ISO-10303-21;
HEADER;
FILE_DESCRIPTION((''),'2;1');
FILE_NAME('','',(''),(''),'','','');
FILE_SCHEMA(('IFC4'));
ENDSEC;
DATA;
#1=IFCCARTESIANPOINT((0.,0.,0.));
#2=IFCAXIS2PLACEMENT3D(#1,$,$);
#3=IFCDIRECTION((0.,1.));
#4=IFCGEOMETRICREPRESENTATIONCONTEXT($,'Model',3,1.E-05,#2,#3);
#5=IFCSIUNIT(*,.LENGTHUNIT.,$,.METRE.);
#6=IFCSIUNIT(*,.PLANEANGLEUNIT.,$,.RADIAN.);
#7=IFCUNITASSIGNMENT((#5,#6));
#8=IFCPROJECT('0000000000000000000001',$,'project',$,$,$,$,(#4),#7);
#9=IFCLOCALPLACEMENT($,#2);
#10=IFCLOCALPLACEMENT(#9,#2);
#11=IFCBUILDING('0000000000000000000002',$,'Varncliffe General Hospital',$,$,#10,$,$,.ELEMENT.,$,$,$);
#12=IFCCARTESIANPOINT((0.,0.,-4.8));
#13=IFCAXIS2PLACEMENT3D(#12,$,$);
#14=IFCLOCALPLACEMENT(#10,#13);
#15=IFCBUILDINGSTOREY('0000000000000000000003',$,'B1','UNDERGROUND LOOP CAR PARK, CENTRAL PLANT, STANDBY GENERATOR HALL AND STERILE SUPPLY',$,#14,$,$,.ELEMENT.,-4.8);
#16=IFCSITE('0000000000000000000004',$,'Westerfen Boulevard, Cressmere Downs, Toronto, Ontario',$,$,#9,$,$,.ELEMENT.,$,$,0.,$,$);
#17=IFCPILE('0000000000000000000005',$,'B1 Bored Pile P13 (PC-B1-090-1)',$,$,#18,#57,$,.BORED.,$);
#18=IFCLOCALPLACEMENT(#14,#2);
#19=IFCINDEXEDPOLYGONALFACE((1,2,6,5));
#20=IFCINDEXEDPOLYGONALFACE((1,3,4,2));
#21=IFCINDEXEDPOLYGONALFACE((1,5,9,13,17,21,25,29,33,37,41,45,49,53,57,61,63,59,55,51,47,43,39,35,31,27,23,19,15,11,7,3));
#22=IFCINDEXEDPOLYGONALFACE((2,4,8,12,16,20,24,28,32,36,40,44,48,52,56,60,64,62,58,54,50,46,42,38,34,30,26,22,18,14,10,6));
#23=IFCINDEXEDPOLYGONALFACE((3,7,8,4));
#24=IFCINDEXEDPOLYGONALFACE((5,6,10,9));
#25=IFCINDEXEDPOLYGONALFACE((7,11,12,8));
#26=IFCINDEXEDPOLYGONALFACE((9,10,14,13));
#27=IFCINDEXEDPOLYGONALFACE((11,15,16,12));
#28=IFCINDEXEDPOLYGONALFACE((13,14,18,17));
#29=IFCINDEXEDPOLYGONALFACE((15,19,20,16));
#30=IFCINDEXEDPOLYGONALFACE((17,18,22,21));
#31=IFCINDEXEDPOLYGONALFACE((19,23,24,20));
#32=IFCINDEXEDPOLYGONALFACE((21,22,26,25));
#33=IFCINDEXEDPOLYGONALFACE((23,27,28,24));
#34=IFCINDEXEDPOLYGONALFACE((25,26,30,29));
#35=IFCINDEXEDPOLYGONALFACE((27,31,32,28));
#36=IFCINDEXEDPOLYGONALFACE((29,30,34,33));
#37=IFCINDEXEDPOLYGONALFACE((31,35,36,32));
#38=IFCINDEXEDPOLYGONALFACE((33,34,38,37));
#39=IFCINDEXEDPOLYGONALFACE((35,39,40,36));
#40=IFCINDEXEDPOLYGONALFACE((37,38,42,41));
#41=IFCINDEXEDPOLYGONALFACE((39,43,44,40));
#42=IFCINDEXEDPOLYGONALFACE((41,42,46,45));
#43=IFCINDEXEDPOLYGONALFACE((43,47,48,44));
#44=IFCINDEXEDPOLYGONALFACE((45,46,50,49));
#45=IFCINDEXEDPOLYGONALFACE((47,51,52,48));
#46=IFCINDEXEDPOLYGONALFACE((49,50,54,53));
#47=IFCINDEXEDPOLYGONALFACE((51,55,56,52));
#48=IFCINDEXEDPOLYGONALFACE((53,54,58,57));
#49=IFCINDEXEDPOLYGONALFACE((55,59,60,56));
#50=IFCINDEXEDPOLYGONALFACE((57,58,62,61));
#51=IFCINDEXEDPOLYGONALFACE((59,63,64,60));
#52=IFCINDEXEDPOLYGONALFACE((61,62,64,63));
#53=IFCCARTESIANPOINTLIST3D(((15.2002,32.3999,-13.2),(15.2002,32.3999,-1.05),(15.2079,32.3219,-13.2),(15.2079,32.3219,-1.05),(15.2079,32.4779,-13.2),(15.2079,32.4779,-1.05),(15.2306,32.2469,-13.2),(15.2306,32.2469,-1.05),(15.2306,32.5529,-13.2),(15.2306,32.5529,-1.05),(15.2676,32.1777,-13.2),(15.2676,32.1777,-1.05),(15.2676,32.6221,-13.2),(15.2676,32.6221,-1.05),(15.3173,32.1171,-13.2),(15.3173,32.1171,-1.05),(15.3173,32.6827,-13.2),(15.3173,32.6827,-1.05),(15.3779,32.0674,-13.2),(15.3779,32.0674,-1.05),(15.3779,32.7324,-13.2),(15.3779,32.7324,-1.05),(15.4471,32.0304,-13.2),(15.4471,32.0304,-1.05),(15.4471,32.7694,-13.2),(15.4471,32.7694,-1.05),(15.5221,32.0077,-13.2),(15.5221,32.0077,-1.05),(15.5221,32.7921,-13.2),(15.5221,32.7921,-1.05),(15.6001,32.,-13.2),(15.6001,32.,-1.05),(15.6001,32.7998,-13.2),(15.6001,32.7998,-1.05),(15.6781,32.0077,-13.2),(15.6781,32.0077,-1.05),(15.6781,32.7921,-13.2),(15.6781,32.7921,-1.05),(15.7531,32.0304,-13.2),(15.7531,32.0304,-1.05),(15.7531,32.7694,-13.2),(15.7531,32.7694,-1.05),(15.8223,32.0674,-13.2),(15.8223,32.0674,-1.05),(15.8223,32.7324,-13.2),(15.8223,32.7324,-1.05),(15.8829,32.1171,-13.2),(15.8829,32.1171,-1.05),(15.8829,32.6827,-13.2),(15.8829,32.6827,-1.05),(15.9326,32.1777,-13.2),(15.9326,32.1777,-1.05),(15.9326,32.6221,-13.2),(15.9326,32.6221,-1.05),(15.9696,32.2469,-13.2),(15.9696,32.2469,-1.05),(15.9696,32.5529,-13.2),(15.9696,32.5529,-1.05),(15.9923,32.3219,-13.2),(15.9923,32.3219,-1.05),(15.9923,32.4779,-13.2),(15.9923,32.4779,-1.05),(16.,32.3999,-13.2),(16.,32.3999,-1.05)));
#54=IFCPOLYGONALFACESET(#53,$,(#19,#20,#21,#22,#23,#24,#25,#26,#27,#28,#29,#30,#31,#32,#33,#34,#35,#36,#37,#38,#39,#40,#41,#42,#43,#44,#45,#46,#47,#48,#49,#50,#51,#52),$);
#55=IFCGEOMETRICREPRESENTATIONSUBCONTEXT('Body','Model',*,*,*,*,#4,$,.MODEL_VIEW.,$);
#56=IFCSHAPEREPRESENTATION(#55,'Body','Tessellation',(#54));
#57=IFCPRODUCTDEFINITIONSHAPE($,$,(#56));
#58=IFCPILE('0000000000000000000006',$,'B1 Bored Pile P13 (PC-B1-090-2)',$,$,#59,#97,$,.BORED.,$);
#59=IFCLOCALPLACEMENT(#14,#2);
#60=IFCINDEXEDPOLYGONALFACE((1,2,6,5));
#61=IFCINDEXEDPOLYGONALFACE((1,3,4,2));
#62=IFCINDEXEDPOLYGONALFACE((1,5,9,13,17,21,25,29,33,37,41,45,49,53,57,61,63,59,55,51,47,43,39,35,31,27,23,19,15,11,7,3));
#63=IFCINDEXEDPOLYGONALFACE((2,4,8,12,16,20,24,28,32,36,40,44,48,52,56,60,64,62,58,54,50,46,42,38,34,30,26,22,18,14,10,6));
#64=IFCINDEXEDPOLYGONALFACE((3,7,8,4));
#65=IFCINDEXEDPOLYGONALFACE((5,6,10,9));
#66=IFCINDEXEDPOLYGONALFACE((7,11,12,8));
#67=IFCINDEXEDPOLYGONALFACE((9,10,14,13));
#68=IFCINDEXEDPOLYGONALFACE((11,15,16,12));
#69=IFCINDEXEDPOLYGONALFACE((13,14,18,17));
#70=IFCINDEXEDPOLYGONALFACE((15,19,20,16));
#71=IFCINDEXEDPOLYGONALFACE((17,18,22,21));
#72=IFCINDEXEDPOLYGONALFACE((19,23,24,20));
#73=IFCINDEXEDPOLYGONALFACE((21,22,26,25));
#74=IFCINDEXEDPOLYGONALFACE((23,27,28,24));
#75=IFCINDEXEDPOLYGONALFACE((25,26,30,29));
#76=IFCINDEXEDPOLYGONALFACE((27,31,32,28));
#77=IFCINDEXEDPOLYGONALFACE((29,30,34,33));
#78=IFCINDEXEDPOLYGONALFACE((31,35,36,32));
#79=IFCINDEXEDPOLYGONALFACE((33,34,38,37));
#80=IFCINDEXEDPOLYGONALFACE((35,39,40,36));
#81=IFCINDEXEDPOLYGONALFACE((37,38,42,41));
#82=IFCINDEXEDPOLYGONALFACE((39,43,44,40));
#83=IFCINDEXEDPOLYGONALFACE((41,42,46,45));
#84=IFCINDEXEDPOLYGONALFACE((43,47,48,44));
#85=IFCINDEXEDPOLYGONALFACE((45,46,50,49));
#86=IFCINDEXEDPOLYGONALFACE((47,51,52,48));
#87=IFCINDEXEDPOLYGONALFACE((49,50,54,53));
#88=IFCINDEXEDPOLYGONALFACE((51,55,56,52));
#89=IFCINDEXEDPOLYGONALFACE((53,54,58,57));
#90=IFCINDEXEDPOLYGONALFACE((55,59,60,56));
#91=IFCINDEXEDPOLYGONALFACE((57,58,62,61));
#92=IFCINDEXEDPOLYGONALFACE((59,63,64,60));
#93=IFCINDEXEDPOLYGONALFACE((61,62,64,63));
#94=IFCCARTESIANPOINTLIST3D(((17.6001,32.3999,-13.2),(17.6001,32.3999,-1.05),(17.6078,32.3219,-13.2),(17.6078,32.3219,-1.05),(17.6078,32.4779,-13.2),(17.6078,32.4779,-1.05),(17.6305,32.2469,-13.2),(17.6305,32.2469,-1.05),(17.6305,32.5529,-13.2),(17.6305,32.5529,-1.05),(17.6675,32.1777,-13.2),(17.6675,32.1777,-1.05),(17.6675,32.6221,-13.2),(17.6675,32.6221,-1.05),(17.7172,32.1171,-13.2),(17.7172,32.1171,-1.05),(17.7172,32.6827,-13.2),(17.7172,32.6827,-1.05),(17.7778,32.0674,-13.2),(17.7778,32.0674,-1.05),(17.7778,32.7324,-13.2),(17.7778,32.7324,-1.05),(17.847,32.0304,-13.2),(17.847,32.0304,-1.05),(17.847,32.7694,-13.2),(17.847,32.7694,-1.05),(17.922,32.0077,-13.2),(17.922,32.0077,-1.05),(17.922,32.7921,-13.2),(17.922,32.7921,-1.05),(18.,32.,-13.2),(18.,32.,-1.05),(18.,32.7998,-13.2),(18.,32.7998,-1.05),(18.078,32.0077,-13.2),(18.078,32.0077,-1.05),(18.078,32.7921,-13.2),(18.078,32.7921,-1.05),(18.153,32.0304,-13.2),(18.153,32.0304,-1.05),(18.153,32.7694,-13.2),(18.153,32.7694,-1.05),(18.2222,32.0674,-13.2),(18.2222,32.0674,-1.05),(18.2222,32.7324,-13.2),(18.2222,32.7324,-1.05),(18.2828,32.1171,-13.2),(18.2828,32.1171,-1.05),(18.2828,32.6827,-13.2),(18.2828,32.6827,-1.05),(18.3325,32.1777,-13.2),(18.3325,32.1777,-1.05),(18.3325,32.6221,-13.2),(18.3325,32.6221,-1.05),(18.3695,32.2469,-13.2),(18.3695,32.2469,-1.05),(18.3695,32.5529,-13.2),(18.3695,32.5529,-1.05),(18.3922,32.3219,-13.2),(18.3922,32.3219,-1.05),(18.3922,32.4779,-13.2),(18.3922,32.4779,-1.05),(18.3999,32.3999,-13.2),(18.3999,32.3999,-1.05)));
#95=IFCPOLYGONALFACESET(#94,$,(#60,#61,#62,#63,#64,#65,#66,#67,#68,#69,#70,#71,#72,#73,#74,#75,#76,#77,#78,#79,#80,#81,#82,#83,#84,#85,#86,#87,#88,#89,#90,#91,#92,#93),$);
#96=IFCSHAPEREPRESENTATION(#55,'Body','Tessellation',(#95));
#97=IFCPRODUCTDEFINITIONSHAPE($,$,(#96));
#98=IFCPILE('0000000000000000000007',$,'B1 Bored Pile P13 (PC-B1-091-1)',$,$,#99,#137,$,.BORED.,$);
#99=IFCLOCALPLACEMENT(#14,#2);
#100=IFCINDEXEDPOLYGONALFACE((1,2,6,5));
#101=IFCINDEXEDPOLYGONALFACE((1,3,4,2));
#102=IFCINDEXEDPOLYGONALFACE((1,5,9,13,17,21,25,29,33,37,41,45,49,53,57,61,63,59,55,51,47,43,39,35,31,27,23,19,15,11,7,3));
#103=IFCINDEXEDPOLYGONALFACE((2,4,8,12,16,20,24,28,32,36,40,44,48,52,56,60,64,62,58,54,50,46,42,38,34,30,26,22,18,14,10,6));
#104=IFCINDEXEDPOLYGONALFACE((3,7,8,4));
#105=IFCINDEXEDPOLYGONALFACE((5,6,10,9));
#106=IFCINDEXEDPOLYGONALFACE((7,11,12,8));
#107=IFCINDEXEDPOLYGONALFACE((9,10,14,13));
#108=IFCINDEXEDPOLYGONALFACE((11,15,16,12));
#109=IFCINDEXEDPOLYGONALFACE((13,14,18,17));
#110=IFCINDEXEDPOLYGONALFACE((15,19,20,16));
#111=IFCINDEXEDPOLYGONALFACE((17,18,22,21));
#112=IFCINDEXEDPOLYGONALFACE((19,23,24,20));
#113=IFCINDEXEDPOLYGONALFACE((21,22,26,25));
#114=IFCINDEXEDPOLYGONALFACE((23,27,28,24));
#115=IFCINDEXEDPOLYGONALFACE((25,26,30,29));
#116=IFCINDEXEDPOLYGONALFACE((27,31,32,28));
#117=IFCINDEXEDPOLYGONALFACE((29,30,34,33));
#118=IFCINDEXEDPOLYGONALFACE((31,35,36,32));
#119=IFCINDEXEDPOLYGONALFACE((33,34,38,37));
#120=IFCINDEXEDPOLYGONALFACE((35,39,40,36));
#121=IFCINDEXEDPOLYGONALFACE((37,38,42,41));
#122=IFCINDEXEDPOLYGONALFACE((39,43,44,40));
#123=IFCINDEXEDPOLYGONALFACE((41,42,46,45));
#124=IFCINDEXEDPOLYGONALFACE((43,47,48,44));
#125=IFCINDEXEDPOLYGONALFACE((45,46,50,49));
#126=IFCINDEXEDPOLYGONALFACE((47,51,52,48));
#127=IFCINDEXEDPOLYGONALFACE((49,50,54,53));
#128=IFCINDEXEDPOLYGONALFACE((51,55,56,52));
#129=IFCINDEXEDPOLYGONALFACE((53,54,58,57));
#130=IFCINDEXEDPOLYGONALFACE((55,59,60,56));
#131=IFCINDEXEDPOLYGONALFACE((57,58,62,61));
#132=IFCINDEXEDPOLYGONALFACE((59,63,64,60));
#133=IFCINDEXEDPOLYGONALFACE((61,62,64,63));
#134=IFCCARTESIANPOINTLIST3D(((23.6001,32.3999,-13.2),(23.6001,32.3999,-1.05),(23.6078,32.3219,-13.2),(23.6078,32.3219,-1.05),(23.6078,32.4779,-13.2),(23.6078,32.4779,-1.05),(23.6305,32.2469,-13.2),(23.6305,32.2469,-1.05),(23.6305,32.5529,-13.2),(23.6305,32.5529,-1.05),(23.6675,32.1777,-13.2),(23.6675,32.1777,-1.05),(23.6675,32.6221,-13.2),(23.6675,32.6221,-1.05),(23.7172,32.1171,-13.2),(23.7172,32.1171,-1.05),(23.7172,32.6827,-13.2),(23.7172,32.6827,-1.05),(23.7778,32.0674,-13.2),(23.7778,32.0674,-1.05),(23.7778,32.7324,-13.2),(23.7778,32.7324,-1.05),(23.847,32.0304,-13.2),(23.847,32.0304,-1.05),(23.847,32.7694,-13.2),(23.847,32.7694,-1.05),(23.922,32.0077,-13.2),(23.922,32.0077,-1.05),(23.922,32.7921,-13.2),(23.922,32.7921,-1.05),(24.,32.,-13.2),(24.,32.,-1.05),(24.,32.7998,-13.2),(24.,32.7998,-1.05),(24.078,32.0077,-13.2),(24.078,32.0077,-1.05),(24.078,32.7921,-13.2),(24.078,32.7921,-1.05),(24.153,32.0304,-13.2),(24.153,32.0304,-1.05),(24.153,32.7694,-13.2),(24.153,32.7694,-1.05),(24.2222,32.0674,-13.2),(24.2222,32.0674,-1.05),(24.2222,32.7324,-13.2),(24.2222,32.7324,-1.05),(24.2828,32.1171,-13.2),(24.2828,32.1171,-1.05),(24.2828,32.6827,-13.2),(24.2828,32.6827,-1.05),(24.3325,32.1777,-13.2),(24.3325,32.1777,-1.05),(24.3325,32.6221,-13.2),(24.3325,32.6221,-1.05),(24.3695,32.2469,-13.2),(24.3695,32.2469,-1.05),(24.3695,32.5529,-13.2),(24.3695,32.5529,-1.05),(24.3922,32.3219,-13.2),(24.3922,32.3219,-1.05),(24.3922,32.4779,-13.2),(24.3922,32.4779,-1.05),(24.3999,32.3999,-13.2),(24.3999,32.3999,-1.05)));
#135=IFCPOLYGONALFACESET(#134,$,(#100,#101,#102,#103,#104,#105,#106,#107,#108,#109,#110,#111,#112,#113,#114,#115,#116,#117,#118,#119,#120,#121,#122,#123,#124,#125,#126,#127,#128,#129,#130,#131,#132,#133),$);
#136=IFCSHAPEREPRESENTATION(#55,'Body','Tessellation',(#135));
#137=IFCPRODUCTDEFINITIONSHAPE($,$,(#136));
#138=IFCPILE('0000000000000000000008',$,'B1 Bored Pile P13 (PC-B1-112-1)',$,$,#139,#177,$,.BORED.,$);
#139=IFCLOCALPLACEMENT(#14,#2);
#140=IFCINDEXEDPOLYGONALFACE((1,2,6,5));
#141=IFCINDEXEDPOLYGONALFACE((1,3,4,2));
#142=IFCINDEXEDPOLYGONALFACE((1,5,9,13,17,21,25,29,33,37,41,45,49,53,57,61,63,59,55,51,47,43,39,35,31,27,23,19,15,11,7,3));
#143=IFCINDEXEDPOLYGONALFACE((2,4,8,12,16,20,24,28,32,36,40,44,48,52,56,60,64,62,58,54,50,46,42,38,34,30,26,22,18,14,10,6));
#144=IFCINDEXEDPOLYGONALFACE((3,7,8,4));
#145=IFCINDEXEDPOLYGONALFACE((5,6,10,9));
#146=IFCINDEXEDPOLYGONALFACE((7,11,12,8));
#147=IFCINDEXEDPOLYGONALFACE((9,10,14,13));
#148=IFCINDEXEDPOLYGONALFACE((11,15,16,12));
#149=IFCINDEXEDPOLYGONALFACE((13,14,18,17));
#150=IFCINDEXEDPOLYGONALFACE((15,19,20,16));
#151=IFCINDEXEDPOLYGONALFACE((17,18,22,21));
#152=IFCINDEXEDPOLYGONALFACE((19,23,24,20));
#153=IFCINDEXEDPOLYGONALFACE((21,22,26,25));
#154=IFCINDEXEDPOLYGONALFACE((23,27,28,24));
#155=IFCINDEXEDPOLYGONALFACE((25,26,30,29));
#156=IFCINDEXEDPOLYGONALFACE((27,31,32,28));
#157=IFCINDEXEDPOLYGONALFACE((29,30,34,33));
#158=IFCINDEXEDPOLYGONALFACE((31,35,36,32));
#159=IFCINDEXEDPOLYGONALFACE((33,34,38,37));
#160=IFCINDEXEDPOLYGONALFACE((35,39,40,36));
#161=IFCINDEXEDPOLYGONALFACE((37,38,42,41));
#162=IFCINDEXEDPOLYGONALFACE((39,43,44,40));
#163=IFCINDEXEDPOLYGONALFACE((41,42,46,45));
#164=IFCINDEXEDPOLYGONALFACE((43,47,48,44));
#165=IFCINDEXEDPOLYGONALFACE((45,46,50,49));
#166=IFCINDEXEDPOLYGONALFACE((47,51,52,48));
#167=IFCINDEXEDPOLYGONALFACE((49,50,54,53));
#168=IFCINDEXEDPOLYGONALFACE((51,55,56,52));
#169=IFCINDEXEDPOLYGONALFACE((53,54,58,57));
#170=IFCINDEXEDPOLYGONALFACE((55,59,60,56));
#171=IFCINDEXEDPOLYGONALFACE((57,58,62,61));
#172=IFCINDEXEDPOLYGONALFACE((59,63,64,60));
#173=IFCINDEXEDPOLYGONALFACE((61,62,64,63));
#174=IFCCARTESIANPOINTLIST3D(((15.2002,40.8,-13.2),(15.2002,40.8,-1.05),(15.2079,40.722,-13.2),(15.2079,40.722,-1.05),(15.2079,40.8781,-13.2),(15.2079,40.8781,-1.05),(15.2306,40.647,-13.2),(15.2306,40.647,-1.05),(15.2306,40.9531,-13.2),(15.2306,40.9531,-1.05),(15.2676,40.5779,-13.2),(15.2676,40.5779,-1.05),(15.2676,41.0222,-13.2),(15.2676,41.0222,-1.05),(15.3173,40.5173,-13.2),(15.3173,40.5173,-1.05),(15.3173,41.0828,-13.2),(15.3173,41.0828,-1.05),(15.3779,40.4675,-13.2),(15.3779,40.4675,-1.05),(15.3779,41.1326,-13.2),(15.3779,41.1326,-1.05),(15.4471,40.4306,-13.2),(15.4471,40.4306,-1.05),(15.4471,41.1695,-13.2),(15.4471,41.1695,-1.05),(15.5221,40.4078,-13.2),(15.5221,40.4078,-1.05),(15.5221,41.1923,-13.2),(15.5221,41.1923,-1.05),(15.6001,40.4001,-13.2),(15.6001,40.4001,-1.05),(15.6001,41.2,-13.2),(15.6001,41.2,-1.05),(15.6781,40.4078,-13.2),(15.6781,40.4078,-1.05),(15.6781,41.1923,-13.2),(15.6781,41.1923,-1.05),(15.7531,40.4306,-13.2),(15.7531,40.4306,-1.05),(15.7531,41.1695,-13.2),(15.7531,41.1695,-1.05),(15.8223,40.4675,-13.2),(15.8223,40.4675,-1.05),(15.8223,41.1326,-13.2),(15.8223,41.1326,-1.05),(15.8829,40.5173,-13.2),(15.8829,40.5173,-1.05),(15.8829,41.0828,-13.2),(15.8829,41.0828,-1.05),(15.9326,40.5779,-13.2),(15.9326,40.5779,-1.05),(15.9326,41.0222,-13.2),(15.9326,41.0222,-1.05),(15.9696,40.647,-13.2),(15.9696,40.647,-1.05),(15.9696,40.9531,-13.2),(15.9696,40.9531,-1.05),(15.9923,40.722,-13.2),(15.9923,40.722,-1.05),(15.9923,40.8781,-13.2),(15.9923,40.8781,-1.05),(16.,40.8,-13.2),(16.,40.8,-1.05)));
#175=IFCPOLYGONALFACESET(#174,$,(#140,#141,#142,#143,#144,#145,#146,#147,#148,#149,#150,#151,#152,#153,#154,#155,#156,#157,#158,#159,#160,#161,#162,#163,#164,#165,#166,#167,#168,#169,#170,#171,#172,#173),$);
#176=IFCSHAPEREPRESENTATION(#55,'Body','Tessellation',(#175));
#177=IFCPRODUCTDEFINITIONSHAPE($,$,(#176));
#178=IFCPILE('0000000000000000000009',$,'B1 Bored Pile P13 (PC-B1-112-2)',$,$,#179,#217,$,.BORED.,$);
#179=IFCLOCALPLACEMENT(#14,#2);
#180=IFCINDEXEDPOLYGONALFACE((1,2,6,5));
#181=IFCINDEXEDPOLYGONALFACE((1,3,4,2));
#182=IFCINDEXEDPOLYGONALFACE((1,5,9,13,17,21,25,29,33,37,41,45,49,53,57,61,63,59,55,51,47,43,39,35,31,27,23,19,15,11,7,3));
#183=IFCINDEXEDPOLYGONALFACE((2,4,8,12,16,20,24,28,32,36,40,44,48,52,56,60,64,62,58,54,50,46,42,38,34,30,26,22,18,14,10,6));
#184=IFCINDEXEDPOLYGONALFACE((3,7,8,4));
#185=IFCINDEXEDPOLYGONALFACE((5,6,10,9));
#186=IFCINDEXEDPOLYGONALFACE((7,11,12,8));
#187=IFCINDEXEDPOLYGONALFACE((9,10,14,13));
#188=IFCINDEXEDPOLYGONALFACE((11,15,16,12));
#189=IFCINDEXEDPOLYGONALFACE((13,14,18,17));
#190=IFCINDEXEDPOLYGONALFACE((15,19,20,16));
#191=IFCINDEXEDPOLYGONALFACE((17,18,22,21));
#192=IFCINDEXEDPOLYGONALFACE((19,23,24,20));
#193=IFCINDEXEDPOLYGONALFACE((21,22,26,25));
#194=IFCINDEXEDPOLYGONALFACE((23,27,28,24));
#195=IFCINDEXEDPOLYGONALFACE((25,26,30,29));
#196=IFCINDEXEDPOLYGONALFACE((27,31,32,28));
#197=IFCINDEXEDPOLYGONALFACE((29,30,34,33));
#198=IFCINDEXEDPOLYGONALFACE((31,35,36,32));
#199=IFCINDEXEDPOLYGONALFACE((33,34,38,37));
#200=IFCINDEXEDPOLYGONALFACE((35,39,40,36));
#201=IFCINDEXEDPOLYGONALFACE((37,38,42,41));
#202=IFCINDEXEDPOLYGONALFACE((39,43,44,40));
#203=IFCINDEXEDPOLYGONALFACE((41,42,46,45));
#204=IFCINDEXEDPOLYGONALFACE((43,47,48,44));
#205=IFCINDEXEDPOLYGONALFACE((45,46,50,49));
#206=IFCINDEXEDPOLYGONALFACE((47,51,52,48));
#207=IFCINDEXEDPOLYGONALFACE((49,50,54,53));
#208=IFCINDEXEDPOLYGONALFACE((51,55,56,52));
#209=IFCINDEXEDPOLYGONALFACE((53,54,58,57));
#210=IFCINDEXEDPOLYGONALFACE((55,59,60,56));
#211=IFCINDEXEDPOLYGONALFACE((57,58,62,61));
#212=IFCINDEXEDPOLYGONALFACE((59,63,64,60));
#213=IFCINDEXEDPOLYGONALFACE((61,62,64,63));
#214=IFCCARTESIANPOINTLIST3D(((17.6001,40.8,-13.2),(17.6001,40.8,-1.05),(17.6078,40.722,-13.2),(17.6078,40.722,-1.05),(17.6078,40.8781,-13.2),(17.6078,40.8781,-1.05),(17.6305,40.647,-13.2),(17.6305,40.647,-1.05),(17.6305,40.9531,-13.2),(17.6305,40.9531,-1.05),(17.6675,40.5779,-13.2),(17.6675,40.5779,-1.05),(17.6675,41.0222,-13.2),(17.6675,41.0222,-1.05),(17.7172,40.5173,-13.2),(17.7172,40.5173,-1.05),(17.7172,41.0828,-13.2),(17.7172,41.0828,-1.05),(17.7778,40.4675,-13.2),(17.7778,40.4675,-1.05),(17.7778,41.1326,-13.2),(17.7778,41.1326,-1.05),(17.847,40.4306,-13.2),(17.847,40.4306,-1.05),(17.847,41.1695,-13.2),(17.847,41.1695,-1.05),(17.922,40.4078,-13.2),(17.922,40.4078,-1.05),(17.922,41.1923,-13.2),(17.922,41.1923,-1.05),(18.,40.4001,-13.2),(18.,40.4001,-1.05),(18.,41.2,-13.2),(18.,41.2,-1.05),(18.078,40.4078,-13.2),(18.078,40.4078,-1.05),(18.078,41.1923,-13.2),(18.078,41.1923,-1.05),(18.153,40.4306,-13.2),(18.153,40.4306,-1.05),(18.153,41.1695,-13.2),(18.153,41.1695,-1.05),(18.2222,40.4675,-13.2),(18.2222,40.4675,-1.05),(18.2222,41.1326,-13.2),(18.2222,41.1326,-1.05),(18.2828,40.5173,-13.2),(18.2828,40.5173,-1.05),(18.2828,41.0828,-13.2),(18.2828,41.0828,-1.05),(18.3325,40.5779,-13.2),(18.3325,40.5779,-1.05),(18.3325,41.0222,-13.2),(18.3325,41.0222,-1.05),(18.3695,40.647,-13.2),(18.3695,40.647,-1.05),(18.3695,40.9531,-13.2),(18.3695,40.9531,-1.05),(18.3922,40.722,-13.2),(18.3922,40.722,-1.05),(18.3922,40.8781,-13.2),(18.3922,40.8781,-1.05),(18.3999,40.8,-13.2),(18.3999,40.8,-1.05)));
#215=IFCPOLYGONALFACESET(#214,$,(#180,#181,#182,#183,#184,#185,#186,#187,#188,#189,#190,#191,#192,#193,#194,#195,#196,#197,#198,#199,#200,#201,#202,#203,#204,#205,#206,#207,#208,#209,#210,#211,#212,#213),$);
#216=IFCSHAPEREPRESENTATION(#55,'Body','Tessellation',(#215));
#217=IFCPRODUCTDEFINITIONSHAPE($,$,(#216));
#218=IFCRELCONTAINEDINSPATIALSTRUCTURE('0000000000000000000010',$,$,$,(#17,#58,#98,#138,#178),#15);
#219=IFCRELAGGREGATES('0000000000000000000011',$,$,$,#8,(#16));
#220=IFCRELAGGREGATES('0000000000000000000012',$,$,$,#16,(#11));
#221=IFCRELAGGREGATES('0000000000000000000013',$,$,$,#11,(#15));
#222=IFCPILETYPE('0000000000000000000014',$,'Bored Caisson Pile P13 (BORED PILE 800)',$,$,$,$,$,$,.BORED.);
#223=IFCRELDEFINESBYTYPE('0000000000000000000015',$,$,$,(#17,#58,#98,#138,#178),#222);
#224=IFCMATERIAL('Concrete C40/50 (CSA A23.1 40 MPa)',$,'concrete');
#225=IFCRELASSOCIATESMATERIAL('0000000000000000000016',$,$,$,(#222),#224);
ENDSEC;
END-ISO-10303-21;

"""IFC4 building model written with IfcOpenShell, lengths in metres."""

from ifc_helpers import new_model, si_unit, direction, frame, origin, origin_2d, place, context, subcontext, project, spatial, circle, extrude, material, material_profile, profile_set, type_object, element, save


model = new_model("IFC4")

# Units and contexts
model_context = context("Model", 3, precision=1e-05, world=origin(), true_north=direction((0.0, 1.0)))
body_context = subcontext(model_context, "Body", "Model", "MODEL_VIEW")
ifc_project = project(units=[si_unit("LENGTHUNIT", "METRE"), si_unit("PLANEANGLEUNIT", "RADIAN")], contexts=[model_context])

# Site, building, storey
site_placement = place(None, origin())
site = spatial("IfcSite", under=ifc_project, at=site_placement, Name="Westerfen Boulevard, Cressmere Downs, Toronto, Ontario", CompositionType="ELEMENT", RefElevation=0.0)
building_placement = place(site_placement, origin())
building = spatial("IfcBuilding", under=site, at=building_placement, Name="Varncliffe General Hospital", CompositionType="ELEMENT")
storey_placement = place(building_placement, frame((0.0, 0.0, -4.8)))
storey = spatial("IfcBuildingStorey", under=building, at=storey_placement, Name="B1", Description="UNDERGROUND LOOP CAR PARK, CENTRAL PLANT, STANDBY GENERATOR HALL AND STERILE SUPPLY", CompositionType="ELEMENT", Elevation=-4.8)

# Piles
ifc_material_1 = material(Name="Concrete C40/50 (CSA A23.1 40 MPa)", Category="concrete")
ifc_material_profile_1 = material_profile(ifc_material_1, circle(Radius=0.3999, at=origin_2d()), Name="BORED PILE 800")
ifc_profile_set_1 = profile_set([ifc_material_profile_1], Name="Concrete C40/50 (CSA A23.1 40 MPa)")
pile_type = type_object("IfcPileType", Name="Bored Caisson Pile P13 (BORED PILE 800)", PredefinedType="BORED", material=ifc_profile_set_1)
for number, where, z_axis, x_axis, name in (
    (1, (15.6001, 32.3999, -1.05), (0.0, 0.0, -1.0), (1.0, 0.0, 0.0), "B1 Bored Pile P13 (PC-B1-090-1)"),
    (2, (18.0, 32.3999, -1.05), (0.0, 0.0, -1.0), (1.0, 0.0, 0.0), "B1 Bored Pile P13 (PC-B1-090-2)"),
    (3, (24.0, 32.3999, -1.05), (0.0, 0.0, -1.0), (1.0, 0.0, 0.0), "B1 Bored Pile P13 (PC-B1-091-1)"),
    (4, (15.6001, 40.8, -1.05), (0.0, 0.0, -1.0), (1.0, 0.0, 0.0), "B1 Bored Pile P13 (PC-B1-112-1)"),
    (5, (18.0, 40.8, -1.05), (0.0, 0.0, -1.0), (1.0, 0.0, 0.0), "B1 Bored Pile P13 (PC-B1-112-2)"),
):
    element("IfcPile", number, at=place(storey_placement, frame(where, z_axis=z_axis, x_axis=x_axis)), inside=storey, type_object=pile_type, Name=name, PredefinedType="BORED", context=body_context, shape_type="SweptSolid", body=[
        extrude(circle(Radius=0.3999, at=origin_2d()), origin(), (0.0, 0.0, 1.0), 12.1499),
    ])

save(model, "model.ifc")
